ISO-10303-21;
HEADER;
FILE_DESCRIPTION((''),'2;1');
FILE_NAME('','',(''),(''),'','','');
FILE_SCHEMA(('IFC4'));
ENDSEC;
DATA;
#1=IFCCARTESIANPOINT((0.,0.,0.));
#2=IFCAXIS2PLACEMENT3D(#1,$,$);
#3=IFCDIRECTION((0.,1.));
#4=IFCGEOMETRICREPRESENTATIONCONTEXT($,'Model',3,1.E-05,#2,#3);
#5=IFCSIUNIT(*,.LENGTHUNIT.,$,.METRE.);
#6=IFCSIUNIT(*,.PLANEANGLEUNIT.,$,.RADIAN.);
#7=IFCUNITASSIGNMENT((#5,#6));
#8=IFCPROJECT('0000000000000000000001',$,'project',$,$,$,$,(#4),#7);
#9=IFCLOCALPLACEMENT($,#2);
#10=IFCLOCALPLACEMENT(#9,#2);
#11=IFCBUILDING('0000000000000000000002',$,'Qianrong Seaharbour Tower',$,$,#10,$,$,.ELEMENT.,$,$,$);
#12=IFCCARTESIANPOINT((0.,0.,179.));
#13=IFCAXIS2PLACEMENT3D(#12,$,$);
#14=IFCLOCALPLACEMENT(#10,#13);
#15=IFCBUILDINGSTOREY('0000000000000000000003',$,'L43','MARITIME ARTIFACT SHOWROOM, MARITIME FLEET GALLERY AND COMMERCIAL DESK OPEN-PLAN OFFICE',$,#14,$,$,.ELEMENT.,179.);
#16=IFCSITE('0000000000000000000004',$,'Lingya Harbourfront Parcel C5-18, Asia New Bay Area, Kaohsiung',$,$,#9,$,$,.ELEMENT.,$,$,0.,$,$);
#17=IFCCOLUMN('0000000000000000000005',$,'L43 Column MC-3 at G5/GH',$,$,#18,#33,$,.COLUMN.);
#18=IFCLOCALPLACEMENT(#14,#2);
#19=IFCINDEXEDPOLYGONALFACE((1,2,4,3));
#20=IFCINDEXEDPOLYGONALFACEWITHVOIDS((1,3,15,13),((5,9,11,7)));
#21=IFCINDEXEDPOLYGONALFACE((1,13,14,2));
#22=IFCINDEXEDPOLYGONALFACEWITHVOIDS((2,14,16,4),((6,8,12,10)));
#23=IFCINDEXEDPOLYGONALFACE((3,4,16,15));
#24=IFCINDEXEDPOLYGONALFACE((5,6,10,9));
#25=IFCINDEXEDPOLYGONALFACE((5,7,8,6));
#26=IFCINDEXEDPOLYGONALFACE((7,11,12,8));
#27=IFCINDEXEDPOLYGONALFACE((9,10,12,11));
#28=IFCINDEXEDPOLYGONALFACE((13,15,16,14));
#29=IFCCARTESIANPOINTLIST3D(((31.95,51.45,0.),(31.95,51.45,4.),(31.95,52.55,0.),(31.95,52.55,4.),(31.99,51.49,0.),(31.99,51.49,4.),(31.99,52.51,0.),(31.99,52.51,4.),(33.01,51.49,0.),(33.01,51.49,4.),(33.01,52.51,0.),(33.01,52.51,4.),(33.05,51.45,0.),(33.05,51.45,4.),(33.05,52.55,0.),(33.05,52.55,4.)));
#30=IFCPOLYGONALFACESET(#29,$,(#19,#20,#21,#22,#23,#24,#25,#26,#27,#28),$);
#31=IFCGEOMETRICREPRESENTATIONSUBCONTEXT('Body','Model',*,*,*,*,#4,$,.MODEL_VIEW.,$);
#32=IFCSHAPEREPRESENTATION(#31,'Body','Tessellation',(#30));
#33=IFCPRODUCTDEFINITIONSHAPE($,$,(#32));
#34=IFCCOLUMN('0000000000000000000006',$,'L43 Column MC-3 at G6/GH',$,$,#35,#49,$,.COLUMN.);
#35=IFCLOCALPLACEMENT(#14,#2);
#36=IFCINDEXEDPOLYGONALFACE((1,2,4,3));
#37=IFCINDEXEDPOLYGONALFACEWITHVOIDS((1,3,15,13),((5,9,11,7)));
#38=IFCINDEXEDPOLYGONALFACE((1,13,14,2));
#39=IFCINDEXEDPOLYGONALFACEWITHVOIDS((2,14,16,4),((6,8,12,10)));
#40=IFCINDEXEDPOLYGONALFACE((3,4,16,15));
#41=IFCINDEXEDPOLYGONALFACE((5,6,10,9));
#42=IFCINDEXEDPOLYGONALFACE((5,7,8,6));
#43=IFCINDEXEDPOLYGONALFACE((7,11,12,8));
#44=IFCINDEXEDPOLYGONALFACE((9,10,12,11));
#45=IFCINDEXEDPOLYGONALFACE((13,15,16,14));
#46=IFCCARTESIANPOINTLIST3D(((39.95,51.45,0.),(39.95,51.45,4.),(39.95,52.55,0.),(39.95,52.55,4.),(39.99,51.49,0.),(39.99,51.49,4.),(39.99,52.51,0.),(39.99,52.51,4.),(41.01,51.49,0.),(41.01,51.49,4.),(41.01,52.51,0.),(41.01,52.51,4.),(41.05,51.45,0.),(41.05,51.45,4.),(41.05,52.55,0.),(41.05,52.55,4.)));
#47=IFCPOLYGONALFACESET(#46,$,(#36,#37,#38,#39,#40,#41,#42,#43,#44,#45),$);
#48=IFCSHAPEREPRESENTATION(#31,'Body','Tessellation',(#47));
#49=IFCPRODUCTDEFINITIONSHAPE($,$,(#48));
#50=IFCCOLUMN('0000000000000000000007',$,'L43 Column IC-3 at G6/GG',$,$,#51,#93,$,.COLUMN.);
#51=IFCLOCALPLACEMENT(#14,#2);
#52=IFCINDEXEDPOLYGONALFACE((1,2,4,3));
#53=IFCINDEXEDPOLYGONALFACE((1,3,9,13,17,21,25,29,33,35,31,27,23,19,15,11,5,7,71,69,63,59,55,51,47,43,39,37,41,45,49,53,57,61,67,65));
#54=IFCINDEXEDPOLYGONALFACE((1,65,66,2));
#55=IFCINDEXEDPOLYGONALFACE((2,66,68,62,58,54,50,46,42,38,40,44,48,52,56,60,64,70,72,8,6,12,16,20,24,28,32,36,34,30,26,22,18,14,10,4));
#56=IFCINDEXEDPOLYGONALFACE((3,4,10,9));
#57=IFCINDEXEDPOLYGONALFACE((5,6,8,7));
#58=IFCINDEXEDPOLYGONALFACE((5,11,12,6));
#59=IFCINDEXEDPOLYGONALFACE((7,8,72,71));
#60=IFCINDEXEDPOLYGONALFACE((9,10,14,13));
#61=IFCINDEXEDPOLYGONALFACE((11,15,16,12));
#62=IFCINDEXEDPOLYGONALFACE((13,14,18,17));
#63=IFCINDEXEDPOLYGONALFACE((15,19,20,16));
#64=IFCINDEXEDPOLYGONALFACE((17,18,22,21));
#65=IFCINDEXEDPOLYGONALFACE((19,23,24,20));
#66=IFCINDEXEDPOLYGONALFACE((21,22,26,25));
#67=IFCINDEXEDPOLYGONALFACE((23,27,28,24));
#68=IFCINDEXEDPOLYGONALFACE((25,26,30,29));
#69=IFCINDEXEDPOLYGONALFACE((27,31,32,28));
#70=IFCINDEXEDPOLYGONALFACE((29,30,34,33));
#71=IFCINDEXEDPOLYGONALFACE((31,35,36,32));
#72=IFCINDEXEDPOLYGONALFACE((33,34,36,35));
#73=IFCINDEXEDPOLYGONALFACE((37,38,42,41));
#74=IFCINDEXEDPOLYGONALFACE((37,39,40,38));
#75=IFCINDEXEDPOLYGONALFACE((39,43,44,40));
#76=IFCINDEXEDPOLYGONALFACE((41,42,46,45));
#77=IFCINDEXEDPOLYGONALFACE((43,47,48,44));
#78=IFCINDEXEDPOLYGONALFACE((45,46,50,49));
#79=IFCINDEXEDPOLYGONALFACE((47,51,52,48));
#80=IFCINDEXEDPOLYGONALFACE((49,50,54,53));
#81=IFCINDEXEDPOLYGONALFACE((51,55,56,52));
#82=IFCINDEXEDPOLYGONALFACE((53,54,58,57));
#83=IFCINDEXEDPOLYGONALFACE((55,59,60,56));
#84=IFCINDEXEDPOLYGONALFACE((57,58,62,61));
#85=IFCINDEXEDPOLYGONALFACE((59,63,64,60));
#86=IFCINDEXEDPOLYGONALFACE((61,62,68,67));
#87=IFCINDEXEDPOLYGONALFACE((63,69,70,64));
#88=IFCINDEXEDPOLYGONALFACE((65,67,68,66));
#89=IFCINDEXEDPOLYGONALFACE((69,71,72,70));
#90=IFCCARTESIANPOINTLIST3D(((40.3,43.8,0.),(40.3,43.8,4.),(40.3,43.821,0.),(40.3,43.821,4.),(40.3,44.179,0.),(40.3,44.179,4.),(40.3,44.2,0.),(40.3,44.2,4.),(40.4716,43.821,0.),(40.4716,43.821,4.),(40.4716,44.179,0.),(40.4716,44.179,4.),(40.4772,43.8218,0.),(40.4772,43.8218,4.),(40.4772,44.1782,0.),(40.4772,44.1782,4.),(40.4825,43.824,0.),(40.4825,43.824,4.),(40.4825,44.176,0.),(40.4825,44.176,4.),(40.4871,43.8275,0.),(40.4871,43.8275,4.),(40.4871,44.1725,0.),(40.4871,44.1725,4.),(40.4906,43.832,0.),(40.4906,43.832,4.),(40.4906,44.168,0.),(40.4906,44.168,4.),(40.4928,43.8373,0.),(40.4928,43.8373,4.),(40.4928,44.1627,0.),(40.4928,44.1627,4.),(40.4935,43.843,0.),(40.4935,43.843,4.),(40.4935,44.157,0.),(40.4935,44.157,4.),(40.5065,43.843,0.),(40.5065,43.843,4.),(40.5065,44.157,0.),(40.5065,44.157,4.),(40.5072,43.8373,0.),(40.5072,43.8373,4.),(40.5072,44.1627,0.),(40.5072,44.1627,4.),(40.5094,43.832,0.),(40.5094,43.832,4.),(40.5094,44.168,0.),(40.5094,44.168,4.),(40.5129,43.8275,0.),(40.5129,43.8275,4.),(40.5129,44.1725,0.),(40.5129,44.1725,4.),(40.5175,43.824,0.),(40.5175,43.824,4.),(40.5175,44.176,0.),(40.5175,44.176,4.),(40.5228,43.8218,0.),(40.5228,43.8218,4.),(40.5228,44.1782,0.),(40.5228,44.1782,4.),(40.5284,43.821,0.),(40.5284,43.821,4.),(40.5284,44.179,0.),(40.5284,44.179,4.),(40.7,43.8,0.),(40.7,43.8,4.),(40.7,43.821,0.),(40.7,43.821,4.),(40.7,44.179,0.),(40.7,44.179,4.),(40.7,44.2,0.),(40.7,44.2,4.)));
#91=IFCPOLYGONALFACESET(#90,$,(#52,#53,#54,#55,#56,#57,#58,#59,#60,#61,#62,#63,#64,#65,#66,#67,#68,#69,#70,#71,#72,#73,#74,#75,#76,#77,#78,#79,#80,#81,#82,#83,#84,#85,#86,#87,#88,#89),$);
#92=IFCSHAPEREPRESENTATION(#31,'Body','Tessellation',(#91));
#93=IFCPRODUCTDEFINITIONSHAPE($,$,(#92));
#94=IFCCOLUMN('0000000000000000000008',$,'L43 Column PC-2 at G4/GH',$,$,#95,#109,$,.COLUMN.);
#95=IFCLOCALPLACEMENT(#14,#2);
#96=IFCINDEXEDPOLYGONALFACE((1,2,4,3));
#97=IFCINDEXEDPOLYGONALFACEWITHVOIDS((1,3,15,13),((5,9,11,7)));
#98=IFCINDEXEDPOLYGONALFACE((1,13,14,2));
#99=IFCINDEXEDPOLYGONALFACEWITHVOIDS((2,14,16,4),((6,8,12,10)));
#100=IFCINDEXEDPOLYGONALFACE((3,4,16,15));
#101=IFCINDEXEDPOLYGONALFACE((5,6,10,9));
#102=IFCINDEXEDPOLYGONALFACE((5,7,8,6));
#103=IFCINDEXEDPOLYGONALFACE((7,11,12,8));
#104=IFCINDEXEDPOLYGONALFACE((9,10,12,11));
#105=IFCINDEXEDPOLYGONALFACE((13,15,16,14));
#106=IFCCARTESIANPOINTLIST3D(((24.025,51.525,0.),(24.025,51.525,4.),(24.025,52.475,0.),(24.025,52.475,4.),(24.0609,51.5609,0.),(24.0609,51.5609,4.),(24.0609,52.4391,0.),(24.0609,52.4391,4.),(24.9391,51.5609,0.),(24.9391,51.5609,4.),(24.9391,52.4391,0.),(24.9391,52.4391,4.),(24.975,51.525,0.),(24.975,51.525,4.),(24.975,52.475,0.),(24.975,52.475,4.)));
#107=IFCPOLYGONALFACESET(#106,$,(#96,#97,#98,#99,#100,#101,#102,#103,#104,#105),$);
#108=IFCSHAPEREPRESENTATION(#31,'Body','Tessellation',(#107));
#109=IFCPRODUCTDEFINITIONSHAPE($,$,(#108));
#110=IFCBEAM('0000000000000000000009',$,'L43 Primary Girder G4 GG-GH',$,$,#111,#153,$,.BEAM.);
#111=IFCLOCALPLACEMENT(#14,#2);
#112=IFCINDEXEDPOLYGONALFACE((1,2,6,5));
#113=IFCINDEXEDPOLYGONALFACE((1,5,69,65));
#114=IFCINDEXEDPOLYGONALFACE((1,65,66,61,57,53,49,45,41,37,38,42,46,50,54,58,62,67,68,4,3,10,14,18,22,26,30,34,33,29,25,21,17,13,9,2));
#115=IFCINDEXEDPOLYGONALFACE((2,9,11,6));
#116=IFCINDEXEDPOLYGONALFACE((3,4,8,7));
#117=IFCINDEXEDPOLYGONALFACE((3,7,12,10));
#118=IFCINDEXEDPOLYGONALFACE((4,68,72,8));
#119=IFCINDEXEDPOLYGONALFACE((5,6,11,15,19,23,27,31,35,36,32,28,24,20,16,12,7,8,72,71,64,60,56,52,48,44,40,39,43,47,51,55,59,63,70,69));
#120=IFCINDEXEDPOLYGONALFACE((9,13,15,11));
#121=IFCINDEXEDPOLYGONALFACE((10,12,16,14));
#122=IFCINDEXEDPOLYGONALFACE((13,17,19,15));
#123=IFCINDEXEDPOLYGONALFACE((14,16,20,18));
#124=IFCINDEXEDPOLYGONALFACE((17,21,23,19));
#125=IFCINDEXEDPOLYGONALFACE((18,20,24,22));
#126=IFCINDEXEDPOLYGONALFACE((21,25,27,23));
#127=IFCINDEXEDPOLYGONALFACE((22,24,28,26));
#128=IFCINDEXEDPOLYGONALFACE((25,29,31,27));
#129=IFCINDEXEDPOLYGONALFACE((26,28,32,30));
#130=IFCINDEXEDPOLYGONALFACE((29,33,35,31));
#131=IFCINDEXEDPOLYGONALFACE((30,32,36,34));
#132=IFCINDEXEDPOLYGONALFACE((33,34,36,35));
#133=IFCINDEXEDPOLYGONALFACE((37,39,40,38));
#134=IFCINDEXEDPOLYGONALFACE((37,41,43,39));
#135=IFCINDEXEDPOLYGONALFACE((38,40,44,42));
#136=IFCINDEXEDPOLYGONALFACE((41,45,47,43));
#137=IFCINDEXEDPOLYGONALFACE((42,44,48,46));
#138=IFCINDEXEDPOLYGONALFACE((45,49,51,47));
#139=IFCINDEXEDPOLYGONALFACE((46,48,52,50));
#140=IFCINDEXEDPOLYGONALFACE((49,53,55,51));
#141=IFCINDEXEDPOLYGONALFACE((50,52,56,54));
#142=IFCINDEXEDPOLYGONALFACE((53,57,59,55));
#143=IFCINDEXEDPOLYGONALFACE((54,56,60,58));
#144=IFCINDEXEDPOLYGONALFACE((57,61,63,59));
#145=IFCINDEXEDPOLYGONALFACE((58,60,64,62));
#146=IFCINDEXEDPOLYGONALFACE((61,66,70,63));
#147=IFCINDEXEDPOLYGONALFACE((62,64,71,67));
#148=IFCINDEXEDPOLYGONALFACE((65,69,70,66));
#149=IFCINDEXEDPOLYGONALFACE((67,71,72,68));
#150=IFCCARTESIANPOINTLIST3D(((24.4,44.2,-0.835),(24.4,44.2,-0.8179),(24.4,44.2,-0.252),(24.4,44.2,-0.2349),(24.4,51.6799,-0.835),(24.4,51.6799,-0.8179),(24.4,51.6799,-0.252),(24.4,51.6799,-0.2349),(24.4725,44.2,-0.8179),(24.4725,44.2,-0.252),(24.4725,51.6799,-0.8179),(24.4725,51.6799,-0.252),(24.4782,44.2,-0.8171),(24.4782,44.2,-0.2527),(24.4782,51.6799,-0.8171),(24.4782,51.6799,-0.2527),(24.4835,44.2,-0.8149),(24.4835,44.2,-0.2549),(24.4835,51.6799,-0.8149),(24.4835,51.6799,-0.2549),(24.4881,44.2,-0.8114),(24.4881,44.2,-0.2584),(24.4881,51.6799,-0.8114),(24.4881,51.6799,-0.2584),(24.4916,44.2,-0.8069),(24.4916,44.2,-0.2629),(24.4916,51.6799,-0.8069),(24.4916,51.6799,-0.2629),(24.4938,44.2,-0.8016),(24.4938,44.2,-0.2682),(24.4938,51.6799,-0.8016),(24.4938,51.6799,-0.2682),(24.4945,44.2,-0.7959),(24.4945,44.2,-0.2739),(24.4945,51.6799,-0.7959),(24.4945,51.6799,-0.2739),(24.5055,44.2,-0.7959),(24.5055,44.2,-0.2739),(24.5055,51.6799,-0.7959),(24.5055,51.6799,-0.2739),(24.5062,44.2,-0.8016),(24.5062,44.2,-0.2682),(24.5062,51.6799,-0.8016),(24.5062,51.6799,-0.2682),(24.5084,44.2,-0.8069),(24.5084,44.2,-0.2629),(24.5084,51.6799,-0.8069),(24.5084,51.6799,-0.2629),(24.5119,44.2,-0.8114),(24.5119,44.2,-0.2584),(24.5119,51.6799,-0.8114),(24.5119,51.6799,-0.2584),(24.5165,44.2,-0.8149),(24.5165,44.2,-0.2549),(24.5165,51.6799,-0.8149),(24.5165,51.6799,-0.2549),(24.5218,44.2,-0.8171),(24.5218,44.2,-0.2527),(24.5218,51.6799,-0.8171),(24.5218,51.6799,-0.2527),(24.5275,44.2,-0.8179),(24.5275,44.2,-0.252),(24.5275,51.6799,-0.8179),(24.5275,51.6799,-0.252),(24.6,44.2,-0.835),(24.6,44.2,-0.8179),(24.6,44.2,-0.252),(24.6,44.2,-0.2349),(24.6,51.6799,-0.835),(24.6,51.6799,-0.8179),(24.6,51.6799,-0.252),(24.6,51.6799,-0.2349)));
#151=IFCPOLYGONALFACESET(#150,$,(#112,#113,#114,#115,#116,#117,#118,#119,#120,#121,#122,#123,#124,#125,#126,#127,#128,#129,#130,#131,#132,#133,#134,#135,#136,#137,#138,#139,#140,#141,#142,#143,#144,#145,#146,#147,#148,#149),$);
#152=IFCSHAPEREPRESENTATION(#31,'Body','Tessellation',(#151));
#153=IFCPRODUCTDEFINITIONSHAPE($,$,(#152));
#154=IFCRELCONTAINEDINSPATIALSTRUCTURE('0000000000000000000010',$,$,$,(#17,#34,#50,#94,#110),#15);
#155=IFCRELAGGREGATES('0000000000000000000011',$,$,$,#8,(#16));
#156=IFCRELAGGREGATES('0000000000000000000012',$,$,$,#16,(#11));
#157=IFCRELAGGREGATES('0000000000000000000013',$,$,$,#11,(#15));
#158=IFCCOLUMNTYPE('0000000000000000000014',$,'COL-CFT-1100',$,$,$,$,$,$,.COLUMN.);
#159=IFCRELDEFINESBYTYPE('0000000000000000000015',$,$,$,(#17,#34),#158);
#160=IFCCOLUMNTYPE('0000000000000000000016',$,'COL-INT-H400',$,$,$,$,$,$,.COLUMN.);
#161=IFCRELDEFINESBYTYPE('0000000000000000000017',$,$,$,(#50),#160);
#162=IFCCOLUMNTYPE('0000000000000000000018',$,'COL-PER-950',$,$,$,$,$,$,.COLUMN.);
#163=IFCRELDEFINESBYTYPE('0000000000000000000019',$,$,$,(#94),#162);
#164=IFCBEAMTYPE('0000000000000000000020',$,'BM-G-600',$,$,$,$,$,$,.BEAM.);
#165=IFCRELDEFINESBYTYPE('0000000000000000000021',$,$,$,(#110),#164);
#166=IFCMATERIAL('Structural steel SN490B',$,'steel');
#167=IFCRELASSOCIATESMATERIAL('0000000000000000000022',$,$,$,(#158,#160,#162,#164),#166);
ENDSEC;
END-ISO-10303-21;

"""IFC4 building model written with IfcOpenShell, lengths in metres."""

from ifc_helpers import new_model, si_unit, direction, frame, origin, origin_2d, place, context, subcontext, project, spatial, hollow_rectangle, i_section, extrude, material, material_profile, profile_set, type_object, element, save


model = new_model("IFC4")

# Units and contexts
model_context = context("Model", 3, precision=1e-05, world=origin(), true_north=direction((0.0, 1.0)))
body_context = subcontext(model_context, "Body", "Model", "MODEL_VIEW")
ifc_project = project(units=[si_unit("LENGTHUNIT", "METRE"), si_unit("PLANEANGLEUNIT", "RADIAN")], contexts=[model_context])

# Site, building, storey
site_placement = place(None, origin())
site = spatial("IfcSite", under=ifc_project, at=site_placement, Name="Lingya Harbourfront Parcel C5-18, Asia New Bay Area, Kaohsiung", CompositionType="ELEMENT", RefElevation=0.0)
building_placement = place(site_placement, origin())
building = spatial("IfcBuilding", under=site, at=building_placement, Name="Qianrong Seaharbour Tower", CompositionType="ELEMENT")
storey_placement = place(building_placement, frame((0.0, 0.0, 179.0)))
storey = spatial("IfcBuildingStorey", under=building, at=storey_placement, Name="L43", Description="MARITIME ARTIFACT SHOWROOM, MARITIME FLEET GALLERY AND COMMERCIAL DESK OPEN-PLAN OFFICE", CompositionType="ELEMENT", Elevation=179.0)

# Columns
ifc_material_1 = material(Name="Structural steel SN490B", Category="steel")
ifc_material_profile_1 = material_profile(ifc_material_1, hollow_rectangle(XDim=1.1001, YDim=1.1001, WallThickness=0.04, at=origin_2d()), Name="BOX1100x1100x40")
ifc_profile_set_1 = profile_set([ifc_material_profile_1], Name="Structural steel SN490B")
column_type_1 = type_object("IfcColumnType", Name="COL-CFT-1100", PredefinedType="COLUMN", material=ifc_profile_set_1)
for number, where, z_axis, x_axis, name in (
    (1, (32.5, 52.0, 0.0), (0.0, 0.0, 1.0), (1.0, 0.0, 0.0), "L43 Column MC-3 at G5/GH"),
    (2, (40.5, 52.0, 0.0), (0.0, 0.0, 1.0), (1.0, 0.0, 0.0), "L43 Column MC-3 at G6/GH"),
):
    element("IfcColumn", number, at=place(storey_placement, frame(where, z_axis=z_axis, x_axis=x_axis)), inside=storey, type_object=column_type_1, Name=name, PredefinedType="COLUMN", context=body_context, shape_type="SweptSolid", body=[
        extrude(hollow_rectangle(XDim=1.1001, YDim=1.1001, WallThickness=0.04, at=origin_2d()), origin(), (0.0, 0.0, 1.0), 4.0),
    ])
ifc_material_profile_2 = material_profile(ifc_material_1, i_section(OverallWidth=0.3999, OverallDepth=0.3999, WebThickness=0.0129, FlangeThickness=0.021, FilletRadius=0.022, at=origin_2d()), Name="H400x400x13x21")
ifc_profile_set_2 = profile_set([ifc_material_profile_2], Name="Structural steel SN490B")
column_type_2 = type_object("IfcColumnType", Name="COL-INT-H400", PredefinedType="COLUMN", material=ifc_profile_set_2)
column_1_placement = place(storey_placement, frame((40.5, 44.0, 0.0), z_axis=(0.0, 0.0, 1.0), x_axis=(1.0, 0.0, 0.0)))
element("IfcColumn", 3, at=column_1_placement, inside=storey, type_object=column_type_2, Name="L43 Column IC-3 at G6/GG", PredefinedType="COLUMN", context=body_context, shape_type="SweptSolid", body=[
    extrude(i_section(OverallWidth=0.3999, OverallDepth=0.3999, WebThickness=0.0129, FlangeThickness=0.021, FilletRadius=0.022, at=origin_2d()), origin(), (0.0, 0.0, 1.0), 4.0),
])
ifc_material_profile_3 = material_profile(ifc_material_1, hollow_rectangle(XDim=0.95, YDim=0.95, WallThickness=0.0359, at=origin_2d()), Name="BOX950x950x36")
ifc_profile_set_3 = profile_set([ifc_material_profile_3], Name="Structural steel SN490B")
column_type_3 = type_object("IfcColumnType", Name="COL-PER-950", PredefinedType="COLUMN", material=ifc_profile_set_3)
column_2_placement = place(storey_placement, frame((24.5, 52.0, 0.0), z_axis=(0.0, 0.0, 1.0), x_axis=(1.0, 0.0, 0.0)))
element("IfcColumn", 4, at=column_2_placement, inside=storey, type_object=column_type_3, Name="L43 Column PC-2 at G4/GH", PredefinedType="COLUMN", context=body_context, shape_type="SweptSolid", body=[
    extrude(hollow_rectangle(XDim=0.95, YDim=0.95, WallThickness=0.0359, at=origin_2d()), origin(), (0.0, 0.0, 1.0), 4.0),
])

# Beam
ifc_material_profile_4 = material_profile(ifc_material_1, i_section(OverallWidth=0.2, OverallDepth=0.6001, WebThickness=0.011, FlangeThickness=0.0171, FilletRadius=0.022, at=origin_2d()), Name="H600x200x11x17")
ifc_profile_set_4 = profile_set([ifc_material_profile_4], Name="Structural steel SN490B")
beam_type_1 = type_object("IfcBeamType", Name="BM-G-600", PredefinedType="BEAM", material=ifc_profile_set_4)
beam_placement = place(storey_placement, frame((24.5, 44.2, -0.5349), z_axis=(0.0, 1.0, 0.0), x_axis=(-1.0, 0.0, 0.0)))
element("IfcBeam", 5, at=beam_placement, inside=storey, type_object=beam_type_1, Name="L43 Primary Girder G4 GG-GH", PredefinedType="BEAM", context=body_context, shape_type="SweptSolid", body=[
    extrude(i_section(OverallWidth=0.2, OverallDepth=0.6001, WebThickness=0.011, FlangeThickness=0.0171, FilletRadius=0.022, at=origin_2d()), origin(), (0.0, 0.0, 1.0), 7.48),
])

save(model, "model.ifc")
